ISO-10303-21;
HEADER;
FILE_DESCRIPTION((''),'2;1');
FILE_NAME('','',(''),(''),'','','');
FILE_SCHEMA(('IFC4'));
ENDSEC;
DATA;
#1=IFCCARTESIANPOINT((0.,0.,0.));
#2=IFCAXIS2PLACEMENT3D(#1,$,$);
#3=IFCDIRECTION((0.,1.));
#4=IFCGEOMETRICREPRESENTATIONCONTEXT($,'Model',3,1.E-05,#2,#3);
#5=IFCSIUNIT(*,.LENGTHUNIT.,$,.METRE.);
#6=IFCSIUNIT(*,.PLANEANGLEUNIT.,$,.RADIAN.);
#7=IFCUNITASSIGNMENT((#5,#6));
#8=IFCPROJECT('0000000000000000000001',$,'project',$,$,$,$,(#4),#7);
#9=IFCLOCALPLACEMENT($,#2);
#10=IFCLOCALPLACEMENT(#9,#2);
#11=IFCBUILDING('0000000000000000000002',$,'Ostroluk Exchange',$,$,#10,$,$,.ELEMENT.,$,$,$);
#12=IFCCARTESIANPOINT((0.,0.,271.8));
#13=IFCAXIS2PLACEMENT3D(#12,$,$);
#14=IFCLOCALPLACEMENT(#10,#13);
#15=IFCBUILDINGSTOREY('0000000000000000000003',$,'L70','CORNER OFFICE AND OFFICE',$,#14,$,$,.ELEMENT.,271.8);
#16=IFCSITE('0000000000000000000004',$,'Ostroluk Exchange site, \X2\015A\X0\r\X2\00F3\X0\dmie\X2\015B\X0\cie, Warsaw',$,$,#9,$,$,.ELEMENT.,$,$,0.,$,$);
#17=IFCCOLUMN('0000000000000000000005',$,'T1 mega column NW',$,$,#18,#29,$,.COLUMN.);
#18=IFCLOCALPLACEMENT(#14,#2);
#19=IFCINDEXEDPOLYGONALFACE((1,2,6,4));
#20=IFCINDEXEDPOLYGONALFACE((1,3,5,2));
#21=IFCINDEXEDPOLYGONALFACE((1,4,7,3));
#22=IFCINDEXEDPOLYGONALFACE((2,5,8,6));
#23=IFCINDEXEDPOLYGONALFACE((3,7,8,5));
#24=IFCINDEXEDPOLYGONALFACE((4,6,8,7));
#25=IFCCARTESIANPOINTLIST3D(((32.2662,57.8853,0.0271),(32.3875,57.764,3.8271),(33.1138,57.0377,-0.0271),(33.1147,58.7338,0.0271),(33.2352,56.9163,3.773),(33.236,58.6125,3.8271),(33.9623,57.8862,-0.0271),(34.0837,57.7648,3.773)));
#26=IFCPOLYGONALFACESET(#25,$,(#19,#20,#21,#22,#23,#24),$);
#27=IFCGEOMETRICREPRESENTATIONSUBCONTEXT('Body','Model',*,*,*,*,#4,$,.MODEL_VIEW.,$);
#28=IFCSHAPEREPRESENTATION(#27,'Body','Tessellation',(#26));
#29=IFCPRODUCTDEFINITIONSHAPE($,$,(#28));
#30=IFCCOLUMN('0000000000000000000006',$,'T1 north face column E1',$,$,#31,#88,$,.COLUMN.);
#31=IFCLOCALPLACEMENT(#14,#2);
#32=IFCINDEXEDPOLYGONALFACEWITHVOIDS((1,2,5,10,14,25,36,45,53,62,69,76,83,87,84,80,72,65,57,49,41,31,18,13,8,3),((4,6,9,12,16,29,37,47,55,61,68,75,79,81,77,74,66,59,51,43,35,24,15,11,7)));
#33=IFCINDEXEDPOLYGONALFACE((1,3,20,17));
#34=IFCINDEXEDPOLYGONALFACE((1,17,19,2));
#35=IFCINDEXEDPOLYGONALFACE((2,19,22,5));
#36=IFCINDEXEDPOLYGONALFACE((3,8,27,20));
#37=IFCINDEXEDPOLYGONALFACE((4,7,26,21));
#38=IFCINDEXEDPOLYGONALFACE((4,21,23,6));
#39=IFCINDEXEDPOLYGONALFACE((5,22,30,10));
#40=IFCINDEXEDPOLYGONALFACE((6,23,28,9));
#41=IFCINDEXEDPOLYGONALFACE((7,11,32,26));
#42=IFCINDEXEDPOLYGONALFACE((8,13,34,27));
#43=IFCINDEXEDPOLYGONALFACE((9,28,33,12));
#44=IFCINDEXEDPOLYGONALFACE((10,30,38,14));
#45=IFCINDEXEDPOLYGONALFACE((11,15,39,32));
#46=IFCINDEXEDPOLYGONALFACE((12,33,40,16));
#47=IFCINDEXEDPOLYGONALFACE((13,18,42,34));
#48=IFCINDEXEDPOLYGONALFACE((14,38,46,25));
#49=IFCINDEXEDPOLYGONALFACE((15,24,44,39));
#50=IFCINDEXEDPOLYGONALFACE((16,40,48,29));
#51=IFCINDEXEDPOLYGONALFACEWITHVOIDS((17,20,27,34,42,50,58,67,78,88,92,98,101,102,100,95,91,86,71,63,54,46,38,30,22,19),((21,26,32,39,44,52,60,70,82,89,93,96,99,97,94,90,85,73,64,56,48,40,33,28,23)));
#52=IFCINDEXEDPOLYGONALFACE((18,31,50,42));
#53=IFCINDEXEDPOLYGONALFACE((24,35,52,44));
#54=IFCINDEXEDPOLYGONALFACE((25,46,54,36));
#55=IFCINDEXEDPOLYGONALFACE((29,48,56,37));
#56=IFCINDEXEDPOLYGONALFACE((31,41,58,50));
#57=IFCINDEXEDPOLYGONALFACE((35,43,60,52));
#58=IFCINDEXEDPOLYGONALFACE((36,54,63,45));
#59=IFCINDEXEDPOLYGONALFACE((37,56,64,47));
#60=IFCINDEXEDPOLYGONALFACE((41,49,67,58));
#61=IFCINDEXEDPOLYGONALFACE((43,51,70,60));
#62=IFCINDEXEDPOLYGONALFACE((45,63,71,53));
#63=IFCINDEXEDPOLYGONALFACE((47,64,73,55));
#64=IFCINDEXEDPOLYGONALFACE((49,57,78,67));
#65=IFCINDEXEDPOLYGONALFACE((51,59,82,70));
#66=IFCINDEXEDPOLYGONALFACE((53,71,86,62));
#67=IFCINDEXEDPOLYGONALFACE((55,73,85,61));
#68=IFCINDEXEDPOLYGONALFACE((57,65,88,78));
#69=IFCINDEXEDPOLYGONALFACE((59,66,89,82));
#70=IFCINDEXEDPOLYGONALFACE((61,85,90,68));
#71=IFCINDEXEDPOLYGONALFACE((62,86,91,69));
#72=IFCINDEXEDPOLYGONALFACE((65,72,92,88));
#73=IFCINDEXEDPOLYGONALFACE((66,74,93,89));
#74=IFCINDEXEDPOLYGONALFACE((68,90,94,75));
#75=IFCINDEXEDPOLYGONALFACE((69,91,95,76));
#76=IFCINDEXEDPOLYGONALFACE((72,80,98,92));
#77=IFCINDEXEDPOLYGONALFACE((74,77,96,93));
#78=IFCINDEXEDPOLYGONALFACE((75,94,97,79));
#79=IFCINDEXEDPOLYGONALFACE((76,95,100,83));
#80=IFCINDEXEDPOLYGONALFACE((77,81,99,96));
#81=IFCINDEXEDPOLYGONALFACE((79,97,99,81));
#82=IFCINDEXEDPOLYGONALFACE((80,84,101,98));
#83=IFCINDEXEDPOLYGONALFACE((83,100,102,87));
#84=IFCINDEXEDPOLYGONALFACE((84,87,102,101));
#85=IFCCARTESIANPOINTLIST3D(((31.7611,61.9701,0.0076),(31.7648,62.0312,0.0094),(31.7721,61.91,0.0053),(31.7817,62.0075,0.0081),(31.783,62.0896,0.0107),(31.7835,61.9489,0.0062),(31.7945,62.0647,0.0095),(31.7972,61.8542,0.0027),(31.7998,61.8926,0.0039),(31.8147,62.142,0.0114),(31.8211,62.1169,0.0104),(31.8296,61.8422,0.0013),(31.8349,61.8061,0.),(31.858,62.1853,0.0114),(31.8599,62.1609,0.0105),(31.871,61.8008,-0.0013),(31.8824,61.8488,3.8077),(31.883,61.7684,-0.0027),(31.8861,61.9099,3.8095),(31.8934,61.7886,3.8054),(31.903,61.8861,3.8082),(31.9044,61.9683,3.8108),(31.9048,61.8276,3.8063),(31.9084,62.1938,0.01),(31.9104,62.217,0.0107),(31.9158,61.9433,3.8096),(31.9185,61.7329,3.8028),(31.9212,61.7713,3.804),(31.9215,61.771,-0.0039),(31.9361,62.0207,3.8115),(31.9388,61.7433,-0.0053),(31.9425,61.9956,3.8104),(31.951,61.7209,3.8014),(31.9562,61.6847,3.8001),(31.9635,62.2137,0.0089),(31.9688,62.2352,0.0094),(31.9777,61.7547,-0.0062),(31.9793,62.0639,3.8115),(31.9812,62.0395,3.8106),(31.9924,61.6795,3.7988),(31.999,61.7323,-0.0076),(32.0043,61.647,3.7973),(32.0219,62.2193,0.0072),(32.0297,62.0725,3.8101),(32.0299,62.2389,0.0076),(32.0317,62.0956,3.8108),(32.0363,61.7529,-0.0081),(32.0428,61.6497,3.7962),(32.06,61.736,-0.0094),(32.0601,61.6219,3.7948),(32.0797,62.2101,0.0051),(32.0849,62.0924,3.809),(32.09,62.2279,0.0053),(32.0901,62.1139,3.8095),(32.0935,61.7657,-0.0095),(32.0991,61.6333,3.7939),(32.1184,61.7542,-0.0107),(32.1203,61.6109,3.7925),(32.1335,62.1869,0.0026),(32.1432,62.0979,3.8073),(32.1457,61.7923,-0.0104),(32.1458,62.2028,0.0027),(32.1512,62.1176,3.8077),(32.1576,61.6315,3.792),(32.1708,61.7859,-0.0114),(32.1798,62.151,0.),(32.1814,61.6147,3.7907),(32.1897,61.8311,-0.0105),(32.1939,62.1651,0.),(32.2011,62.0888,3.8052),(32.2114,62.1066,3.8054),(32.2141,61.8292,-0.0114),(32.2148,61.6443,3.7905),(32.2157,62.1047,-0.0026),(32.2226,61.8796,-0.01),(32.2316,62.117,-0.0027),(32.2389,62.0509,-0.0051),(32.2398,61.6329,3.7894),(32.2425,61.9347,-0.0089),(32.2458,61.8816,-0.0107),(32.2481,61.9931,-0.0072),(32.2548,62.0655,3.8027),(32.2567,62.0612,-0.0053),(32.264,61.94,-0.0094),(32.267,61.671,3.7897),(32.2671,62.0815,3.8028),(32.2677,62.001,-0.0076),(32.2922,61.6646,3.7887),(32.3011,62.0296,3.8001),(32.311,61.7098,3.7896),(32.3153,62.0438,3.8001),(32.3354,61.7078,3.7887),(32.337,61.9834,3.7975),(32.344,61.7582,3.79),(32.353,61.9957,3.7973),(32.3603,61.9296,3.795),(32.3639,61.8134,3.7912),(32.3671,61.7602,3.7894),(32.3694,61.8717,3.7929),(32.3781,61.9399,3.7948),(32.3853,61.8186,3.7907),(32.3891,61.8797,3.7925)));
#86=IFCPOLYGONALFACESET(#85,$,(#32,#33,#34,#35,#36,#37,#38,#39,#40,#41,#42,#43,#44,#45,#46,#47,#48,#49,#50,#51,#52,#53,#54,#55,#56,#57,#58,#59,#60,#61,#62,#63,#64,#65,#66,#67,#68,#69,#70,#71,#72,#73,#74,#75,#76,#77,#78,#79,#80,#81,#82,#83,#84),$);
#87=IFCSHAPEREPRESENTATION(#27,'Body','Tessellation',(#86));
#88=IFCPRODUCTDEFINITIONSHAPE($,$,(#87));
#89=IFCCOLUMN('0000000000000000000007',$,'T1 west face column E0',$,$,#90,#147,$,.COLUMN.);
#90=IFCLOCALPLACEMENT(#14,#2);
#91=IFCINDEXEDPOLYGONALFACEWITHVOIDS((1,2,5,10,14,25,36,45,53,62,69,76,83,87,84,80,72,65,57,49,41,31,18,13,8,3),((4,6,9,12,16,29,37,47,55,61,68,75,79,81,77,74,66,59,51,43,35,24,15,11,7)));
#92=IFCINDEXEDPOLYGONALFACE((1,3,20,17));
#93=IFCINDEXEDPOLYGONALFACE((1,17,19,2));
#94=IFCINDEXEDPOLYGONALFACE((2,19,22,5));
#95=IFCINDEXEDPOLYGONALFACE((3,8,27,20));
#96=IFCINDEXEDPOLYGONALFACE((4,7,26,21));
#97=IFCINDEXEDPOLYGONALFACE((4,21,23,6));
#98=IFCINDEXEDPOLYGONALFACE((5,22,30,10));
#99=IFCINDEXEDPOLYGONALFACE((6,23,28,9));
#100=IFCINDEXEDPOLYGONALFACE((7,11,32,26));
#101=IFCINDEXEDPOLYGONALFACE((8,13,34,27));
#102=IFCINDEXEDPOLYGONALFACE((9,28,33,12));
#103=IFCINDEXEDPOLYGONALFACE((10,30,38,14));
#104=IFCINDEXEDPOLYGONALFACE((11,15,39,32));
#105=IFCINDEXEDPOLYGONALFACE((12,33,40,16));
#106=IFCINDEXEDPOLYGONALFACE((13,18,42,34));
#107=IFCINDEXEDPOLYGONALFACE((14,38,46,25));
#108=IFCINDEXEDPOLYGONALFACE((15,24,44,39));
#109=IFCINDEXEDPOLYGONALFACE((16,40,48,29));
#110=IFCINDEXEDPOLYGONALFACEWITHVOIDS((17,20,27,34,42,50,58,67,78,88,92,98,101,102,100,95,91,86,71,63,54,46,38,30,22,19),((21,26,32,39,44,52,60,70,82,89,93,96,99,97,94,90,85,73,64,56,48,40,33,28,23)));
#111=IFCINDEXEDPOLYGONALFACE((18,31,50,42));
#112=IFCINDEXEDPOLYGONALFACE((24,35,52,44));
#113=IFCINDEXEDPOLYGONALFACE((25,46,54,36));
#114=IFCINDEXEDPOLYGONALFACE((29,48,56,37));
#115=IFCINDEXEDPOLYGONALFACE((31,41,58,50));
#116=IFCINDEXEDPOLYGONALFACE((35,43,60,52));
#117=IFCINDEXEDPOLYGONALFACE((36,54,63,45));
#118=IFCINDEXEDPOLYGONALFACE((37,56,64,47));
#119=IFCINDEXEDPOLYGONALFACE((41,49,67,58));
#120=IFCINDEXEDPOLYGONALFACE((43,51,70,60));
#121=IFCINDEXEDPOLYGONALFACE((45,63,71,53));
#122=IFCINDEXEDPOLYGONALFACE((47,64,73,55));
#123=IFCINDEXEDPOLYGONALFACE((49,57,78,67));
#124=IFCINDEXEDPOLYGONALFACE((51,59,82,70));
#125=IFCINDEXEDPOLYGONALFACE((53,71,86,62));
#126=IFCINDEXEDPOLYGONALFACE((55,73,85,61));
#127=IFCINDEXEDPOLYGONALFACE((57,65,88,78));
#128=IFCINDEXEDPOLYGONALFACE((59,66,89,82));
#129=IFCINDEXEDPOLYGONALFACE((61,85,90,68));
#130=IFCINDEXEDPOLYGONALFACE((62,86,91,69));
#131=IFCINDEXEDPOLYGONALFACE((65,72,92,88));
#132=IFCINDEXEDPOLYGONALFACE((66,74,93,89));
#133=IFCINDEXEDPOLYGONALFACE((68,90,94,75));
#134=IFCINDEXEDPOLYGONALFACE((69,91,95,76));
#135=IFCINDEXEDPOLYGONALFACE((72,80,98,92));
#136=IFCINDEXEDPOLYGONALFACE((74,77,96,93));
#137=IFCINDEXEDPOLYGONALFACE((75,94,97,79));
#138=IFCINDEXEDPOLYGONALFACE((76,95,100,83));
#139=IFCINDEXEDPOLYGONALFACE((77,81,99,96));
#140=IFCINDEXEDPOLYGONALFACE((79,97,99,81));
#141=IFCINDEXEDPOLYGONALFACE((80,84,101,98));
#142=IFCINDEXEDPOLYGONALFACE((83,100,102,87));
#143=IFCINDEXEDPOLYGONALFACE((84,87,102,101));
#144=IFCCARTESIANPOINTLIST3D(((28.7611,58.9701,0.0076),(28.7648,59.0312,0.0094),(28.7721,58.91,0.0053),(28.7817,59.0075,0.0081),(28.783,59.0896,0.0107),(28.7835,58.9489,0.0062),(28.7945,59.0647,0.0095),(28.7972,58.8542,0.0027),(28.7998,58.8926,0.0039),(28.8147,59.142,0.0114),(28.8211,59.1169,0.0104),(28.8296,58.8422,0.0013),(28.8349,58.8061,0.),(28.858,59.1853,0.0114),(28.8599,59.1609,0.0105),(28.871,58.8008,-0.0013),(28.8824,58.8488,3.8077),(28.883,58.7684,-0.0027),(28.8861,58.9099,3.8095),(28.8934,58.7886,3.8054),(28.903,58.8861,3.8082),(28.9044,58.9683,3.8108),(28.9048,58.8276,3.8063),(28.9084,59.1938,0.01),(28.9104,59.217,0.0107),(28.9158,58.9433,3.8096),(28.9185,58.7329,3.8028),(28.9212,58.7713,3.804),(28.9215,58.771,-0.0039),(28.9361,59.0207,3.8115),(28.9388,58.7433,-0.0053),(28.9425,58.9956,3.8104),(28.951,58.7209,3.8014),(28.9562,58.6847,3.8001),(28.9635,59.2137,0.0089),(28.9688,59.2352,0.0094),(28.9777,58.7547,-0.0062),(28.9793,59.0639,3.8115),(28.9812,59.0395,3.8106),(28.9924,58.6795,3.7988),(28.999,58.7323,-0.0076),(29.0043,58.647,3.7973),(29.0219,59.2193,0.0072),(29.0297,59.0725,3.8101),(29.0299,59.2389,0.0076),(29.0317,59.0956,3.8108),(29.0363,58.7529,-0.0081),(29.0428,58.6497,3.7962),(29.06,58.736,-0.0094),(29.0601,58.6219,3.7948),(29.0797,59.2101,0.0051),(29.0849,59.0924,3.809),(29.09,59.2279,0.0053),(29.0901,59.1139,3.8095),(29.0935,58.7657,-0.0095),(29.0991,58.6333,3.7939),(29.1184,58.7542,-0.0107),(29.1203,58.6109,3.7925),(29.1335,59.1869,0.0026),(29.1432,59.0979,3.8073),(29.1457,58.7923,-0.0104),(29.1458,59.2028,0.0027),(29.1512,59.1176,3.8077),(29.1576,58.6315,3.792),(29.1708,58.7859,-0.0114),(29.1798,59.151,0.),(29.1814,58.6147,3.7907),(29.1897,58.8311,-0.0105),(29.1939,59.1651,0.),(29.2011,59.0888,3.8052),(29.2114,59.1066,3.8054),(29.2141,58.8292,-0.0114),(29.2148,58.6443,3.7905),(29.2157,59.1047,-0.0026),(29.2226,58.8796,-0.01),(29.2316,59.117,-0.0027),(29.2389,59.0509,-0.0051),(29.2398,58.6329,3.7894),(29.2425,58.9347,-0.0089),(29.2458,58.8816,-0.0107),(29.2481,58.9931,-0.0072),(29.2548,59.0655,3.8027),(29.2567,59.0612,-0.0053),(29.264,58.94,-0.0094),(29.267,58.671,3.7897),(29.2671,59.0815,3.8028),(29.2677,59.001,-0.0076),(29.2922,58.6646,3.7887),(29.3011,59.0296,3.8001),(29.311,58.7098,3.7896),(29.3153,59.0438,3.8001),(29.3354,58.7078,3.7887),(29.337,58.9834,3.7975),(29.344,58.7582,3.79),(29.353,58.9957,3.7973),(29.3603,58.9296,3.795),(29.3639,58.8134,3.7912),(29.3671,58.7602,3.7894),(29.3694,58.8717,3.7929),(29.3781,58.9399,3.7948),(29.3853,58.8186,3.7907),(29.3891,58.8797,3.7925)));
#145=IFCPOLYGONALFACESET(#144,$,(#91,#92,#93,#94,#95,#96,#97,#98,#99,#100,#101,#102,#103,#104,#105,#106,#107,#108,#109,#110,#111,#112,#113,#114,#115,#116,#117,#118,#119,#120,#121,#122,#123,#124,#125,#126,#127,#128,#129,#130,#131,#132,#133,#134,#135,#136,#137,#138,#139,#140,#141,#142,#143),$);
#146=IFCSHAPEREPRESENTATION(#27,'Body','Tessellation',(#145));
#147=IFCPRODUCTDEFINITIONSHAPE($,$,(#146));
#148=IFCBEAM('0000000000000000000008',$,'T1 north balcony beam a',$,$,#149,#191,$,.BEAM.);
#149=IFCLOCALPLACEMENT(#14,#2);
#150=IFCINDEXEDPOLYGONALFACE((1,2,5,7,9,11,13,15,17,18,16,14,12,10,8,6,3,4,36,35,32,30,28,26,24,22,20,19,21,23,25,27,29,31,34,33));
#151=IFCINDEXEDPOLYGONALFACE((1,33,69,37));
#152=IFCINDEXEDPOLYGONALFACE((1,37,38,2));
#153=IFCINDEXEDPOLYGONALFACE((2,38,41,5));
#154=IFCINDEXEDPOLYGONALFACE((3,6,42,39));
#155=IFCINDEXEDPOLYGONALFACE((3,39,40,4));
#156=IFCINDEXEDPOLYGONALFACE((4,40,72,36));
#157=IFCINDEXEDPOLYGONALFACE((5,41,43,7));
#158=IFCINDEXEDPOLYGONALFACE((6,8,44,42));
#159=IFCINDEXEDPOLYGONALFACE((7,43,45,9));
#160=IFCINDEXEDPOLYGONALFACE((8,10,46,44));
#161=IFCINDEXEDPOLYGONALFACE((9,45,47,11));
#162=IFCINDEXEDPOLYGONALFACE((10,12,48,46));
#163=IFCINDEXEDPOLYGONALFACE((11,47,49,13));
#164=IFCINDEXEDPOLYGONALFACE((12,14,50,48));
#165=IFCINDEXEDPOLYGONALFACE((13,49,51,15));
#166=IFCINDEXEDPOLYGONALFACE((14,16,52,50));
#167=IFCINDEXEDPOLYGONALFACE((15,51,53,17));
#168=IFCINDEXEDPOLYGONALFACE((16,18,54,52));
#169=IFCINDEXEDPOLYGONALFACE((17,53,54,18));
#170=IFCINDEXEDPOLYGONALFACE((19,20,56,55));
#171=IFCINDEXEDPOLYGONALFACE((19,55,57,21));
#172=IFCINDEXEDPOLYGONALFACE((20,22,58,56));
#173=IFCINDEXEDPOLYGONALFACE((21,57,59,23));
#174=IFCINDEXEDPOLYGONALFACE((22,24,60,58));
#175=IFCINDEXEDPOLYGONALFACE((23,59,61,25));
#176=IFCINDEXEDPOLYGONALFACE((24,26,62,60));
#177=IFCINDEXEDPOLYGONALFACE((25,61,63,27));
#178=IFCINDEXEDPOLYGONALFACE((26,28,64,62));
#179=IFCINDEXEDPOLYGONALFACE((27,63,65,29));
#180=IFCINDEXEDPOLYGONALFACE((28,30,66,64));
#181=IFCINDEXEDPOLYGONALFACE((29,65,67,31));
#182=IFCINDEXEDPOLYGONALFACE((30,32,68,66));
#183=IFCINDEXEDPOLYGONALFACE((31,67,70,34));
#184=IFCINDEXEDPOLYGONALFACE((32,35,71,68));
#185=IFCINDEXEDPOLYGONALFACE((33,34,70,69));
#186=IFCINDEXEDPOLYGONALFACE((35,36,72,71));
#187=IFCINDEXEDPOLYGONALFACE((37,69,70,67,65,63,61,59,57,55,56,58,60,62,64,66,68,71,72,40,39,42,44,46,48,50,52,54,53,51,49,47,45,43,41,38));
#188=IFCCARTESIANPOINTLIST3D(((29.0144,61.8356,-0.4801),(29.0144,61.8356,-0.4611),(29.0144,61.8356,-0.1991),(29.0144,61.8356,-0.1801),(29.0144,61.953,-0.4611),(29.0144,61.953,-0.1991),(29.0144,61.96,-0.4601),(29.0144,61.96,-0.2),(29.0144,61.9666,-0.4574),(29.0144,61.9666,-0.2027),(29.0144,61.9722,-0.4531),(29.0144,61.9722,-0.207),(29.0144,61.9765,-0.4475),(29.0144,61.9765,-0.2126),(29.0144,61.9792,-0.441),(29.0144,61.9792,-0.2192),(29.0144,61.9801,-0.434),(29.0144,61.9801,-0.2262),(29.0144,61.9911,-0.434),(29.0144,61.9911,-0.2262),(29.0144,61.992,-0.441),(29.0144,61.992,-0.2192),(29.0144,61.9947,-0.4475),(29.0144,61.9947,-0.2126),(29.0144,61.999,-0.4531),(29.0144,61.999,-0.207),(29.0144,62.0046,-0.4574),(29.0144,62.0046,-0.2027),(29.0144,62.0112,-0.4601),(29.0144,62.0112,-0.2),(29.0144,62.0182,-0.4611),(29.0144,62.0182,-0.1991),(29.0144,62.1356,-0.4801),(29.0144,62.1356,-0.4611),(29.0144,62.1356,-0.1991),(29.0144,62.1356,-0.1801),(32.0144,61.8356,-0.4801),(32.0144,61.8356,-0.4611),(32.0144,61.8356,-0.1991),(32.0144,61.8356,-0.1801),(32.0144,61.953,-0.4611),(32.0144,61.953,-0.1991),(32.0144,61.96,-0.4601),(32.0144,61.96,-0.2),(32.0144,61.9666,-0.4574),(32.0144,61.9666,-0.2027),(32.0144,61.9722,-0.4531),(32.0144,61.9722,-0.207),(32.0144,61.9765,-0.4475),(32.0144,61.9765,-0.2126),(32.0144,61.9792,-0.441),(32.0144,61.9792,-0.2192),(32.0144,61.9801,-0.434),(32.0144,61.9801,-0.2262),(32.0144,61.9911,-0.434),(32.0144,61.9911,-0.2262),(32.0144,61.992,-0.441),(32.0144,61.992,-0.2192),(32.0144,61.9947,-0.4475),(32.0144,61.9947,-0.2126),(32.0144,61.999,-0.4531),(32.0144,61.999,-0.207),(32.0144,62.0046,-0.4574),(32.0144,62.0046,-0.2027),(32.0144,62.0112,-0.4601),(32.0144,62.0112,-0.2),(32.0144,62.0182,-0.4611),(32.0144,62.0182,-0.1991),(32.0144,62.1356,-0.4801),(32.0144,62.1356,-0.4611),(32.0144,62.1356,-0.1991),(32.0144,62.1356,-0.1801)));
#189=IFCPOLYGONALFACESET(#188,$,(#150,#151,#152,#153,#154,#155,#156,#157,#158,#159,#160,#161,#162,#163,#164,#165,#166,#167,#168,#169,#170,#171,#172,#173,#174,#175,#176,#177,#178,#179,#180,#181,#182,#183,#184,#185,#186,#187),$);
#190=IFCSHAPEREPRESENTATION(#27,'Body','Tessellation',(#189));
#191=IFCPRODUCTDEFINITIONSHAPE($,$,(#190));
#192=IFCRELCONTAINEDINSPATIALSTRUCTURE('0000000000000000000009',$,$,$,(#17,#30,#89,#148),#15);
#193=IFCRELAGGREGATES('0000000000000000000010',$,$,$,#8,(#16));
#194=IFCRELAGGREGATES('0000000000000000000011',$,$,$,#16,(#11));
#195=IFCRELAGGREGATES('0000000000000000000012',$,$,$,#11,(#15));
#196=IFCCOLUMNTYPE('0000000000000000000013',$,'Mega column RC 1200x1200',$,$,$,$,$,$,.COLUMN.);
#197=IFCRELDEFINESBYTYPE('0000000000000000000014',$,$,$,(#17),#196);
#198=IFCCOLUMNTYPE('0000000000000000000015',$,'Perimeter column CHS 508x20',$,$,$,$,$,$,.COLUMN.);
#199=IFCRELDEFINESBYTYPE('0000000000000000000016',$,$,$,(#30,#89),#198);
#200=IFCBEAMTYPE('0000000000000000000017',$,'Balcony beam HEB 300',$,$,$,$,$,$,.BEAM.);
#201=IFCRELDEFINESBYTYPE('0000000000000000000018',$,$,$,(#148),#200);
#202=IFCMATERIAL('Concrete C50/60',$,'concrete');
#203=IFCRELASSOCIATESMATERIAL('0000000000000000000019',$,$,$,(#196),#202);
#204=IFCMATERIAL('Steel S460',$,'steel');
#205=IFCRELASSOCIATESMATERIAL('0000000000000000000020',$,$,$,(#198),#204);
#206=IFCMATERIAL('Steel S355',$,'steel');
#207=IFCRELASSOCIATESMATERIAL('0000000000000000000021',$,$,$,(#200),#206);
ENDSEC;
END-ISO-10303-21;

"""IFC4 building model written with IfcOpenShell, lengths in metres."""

from ifc_helpers import new_model, si_unit, direction, frame, origin, origin_2d, place, context, subcontext, project, spatial, rectangle, hollow_circle, i_section, extrude, material, material_profile, profile_set, type_object, element, save


model = new_model("IFC4")

# Units and contexts
model_context = context("Model", 3, precision=1e-05, world=origin(), true_north=direction((0.0, 1.0)))
body_context = subcontext(model_context, "Body", "Model", "MODEL_VIEW")
ifc_project = project(units=[si_unit("LENGTHUNIT", "METRE"), si_unit("PLANEANGLEUNIT", "RADIAN")], contexts=[model_context])

# Site, building, storey
site_placement = place(None, origin())
site = spatial("IfcSite", under=ifc_project, at=site_placement, Name="Ostroluk Exchange site, Śródmieście, Warsaw", CompositionType="ELEMENT", RefElevation=0.0)
building_placement = place(site_placement, origin())
building = spatial("IfcBuilding", under=site, at=building_placement, Name="Ostroluk Exchange", CompositionType="ELEMENT")
storey_placement = place(building_placement, frame((0.0, 0.0, 271.8)))
storey = spatial("IfcBuildingStorey", under=building, at=storey_placement, Name="L70", Description="CORNER OFFICE AND OFFICE", CompositionType="ELEMENT", Elevation=271.8)

# Columns
ifc_material_1 = material(Name="Concrete C50/60", Category="concrete")
ifc_material_profile_1 = material_profile(ifc_material_1, rectangle(XDim=1.2, YDim=1.2, at=origin_2d()), Name="RC 1200x1200")
ifc_profile_set_1 = profile_set([ifc_material_profile_1], Name="Concrete C50/60")
column_type_1 = type_object("IfcColumnType", Name="Mega column RC 1200x1200", PredefinedType="COLUMN", material=ifc_profile_set_1)
column_placement = place(storey_placement, frame((33.1143, 57.8857, 0.0), z_axis=(0.031898, -0.031898, 0.998982), x_axis=(0.707107, 0.707107, 0.0)))
element("IfcColumn", 1, at=column_placement, inside=storey, type_object=column_type_1, Name="T1 mega column NW", PredefinedType="COLUMN", context=body_context, shape_type="SweptSolid", body=[
    extrude(rectangle(XDim=1.2, YDim=1.2, at=origin_2d()), origin(), (0.0, 0.0, 1.0), 3.804),
])
ifc_material_2 = material(Name="Steel S460", Category="steel")
ifc_material_profile_2 = material_profile(ifc_material_2, hollow_circle(Radius=0.2539, WallThickness=0.02, at=origin_2d()), Name="CHS 508x20")
ifc_profile_set_2 = profile_set([ifc_material_profile_2], Name="Steel S460")
column_type_2 = type_object("IfcColumnType", Name="Perimeter column CHS 508x20", PredefinedType="COLUMN", material=ifc_profile_set_2)
for number, where, z_axis, x_axis, name in (
    (2, (32.0144, 61.9856, 0.0), (0.031898, -0.031898, 0.998982), (0.707107, 0.707107, 0.0), "T1 north face column E1"),
    (3, (29.0144, 58.9856, 0.0), (0.031898, -0.031898, 0.998982), (0.707107, 0.707107, 0.0), "T1 west face column E0"),
):
    element("IfcColumn", number, at=place(storey_placement, frame(where, z_axis=z_axis, x_axis=x_axis)), inside=storey, type_object=column_type_2, Name=name, PredefinedType="COLUMN", context=body_context, shape_type="SweptSolid", body=[
        extrude(hollow_circle(Radius=0.2539, WallThickness=0.02, at=origin_2d()), origin(), (0.0, 0.0, 1.0), 3.804),
    ])

# Beam
ifc_material_3 = material(Name="Steel S355", Category="steel")
ifc_material_profile_3 = material_profile(ifc_material_3, i_section(OverallWidth=0.3, OverallDepth=0.3, WebThickness=0.011, FlangeThickness=0.019, FilletRadius=0.0271, at=origin_2d()), Name="HEB 300")
ifc_profile_set_3 = profile_set([ifc_material_profile_3], Name="Steel S355")
beam_type_1 = type_object("IfcBeamType", Name="Balcony beam HEB 300", PredefinedType="BEAM", material=ifc_profile_set_3)
for number, where, z_axis, x_axis, name in (
    (4, (32.0144, 61.9856, -0.3301), (-1.0, 0.0, 0.0), (0.0, -1.0, 0.0), "T1 north balcony beam a"),
):
    element("IfcBeam", number, at=place(storey_placement, frame(where, z_axis=z_axis, x_axis=x_axis)), inside=storey, type_object=beam_type_1, Name=name, PredefinedType="BEAM", context=body_context, shape_type="SweptSolid", body=[
        extrude(i_section(OverallWidth=0.3, OverallDepth=0.3, WebThickness=0.011, FlangeThickness=0.019, FilletRadius=0.0271, at=origin_2d()), origin(), (0.0, 0.0, 1.0), 3.0),
    ])

save(model, "model.ifc")
